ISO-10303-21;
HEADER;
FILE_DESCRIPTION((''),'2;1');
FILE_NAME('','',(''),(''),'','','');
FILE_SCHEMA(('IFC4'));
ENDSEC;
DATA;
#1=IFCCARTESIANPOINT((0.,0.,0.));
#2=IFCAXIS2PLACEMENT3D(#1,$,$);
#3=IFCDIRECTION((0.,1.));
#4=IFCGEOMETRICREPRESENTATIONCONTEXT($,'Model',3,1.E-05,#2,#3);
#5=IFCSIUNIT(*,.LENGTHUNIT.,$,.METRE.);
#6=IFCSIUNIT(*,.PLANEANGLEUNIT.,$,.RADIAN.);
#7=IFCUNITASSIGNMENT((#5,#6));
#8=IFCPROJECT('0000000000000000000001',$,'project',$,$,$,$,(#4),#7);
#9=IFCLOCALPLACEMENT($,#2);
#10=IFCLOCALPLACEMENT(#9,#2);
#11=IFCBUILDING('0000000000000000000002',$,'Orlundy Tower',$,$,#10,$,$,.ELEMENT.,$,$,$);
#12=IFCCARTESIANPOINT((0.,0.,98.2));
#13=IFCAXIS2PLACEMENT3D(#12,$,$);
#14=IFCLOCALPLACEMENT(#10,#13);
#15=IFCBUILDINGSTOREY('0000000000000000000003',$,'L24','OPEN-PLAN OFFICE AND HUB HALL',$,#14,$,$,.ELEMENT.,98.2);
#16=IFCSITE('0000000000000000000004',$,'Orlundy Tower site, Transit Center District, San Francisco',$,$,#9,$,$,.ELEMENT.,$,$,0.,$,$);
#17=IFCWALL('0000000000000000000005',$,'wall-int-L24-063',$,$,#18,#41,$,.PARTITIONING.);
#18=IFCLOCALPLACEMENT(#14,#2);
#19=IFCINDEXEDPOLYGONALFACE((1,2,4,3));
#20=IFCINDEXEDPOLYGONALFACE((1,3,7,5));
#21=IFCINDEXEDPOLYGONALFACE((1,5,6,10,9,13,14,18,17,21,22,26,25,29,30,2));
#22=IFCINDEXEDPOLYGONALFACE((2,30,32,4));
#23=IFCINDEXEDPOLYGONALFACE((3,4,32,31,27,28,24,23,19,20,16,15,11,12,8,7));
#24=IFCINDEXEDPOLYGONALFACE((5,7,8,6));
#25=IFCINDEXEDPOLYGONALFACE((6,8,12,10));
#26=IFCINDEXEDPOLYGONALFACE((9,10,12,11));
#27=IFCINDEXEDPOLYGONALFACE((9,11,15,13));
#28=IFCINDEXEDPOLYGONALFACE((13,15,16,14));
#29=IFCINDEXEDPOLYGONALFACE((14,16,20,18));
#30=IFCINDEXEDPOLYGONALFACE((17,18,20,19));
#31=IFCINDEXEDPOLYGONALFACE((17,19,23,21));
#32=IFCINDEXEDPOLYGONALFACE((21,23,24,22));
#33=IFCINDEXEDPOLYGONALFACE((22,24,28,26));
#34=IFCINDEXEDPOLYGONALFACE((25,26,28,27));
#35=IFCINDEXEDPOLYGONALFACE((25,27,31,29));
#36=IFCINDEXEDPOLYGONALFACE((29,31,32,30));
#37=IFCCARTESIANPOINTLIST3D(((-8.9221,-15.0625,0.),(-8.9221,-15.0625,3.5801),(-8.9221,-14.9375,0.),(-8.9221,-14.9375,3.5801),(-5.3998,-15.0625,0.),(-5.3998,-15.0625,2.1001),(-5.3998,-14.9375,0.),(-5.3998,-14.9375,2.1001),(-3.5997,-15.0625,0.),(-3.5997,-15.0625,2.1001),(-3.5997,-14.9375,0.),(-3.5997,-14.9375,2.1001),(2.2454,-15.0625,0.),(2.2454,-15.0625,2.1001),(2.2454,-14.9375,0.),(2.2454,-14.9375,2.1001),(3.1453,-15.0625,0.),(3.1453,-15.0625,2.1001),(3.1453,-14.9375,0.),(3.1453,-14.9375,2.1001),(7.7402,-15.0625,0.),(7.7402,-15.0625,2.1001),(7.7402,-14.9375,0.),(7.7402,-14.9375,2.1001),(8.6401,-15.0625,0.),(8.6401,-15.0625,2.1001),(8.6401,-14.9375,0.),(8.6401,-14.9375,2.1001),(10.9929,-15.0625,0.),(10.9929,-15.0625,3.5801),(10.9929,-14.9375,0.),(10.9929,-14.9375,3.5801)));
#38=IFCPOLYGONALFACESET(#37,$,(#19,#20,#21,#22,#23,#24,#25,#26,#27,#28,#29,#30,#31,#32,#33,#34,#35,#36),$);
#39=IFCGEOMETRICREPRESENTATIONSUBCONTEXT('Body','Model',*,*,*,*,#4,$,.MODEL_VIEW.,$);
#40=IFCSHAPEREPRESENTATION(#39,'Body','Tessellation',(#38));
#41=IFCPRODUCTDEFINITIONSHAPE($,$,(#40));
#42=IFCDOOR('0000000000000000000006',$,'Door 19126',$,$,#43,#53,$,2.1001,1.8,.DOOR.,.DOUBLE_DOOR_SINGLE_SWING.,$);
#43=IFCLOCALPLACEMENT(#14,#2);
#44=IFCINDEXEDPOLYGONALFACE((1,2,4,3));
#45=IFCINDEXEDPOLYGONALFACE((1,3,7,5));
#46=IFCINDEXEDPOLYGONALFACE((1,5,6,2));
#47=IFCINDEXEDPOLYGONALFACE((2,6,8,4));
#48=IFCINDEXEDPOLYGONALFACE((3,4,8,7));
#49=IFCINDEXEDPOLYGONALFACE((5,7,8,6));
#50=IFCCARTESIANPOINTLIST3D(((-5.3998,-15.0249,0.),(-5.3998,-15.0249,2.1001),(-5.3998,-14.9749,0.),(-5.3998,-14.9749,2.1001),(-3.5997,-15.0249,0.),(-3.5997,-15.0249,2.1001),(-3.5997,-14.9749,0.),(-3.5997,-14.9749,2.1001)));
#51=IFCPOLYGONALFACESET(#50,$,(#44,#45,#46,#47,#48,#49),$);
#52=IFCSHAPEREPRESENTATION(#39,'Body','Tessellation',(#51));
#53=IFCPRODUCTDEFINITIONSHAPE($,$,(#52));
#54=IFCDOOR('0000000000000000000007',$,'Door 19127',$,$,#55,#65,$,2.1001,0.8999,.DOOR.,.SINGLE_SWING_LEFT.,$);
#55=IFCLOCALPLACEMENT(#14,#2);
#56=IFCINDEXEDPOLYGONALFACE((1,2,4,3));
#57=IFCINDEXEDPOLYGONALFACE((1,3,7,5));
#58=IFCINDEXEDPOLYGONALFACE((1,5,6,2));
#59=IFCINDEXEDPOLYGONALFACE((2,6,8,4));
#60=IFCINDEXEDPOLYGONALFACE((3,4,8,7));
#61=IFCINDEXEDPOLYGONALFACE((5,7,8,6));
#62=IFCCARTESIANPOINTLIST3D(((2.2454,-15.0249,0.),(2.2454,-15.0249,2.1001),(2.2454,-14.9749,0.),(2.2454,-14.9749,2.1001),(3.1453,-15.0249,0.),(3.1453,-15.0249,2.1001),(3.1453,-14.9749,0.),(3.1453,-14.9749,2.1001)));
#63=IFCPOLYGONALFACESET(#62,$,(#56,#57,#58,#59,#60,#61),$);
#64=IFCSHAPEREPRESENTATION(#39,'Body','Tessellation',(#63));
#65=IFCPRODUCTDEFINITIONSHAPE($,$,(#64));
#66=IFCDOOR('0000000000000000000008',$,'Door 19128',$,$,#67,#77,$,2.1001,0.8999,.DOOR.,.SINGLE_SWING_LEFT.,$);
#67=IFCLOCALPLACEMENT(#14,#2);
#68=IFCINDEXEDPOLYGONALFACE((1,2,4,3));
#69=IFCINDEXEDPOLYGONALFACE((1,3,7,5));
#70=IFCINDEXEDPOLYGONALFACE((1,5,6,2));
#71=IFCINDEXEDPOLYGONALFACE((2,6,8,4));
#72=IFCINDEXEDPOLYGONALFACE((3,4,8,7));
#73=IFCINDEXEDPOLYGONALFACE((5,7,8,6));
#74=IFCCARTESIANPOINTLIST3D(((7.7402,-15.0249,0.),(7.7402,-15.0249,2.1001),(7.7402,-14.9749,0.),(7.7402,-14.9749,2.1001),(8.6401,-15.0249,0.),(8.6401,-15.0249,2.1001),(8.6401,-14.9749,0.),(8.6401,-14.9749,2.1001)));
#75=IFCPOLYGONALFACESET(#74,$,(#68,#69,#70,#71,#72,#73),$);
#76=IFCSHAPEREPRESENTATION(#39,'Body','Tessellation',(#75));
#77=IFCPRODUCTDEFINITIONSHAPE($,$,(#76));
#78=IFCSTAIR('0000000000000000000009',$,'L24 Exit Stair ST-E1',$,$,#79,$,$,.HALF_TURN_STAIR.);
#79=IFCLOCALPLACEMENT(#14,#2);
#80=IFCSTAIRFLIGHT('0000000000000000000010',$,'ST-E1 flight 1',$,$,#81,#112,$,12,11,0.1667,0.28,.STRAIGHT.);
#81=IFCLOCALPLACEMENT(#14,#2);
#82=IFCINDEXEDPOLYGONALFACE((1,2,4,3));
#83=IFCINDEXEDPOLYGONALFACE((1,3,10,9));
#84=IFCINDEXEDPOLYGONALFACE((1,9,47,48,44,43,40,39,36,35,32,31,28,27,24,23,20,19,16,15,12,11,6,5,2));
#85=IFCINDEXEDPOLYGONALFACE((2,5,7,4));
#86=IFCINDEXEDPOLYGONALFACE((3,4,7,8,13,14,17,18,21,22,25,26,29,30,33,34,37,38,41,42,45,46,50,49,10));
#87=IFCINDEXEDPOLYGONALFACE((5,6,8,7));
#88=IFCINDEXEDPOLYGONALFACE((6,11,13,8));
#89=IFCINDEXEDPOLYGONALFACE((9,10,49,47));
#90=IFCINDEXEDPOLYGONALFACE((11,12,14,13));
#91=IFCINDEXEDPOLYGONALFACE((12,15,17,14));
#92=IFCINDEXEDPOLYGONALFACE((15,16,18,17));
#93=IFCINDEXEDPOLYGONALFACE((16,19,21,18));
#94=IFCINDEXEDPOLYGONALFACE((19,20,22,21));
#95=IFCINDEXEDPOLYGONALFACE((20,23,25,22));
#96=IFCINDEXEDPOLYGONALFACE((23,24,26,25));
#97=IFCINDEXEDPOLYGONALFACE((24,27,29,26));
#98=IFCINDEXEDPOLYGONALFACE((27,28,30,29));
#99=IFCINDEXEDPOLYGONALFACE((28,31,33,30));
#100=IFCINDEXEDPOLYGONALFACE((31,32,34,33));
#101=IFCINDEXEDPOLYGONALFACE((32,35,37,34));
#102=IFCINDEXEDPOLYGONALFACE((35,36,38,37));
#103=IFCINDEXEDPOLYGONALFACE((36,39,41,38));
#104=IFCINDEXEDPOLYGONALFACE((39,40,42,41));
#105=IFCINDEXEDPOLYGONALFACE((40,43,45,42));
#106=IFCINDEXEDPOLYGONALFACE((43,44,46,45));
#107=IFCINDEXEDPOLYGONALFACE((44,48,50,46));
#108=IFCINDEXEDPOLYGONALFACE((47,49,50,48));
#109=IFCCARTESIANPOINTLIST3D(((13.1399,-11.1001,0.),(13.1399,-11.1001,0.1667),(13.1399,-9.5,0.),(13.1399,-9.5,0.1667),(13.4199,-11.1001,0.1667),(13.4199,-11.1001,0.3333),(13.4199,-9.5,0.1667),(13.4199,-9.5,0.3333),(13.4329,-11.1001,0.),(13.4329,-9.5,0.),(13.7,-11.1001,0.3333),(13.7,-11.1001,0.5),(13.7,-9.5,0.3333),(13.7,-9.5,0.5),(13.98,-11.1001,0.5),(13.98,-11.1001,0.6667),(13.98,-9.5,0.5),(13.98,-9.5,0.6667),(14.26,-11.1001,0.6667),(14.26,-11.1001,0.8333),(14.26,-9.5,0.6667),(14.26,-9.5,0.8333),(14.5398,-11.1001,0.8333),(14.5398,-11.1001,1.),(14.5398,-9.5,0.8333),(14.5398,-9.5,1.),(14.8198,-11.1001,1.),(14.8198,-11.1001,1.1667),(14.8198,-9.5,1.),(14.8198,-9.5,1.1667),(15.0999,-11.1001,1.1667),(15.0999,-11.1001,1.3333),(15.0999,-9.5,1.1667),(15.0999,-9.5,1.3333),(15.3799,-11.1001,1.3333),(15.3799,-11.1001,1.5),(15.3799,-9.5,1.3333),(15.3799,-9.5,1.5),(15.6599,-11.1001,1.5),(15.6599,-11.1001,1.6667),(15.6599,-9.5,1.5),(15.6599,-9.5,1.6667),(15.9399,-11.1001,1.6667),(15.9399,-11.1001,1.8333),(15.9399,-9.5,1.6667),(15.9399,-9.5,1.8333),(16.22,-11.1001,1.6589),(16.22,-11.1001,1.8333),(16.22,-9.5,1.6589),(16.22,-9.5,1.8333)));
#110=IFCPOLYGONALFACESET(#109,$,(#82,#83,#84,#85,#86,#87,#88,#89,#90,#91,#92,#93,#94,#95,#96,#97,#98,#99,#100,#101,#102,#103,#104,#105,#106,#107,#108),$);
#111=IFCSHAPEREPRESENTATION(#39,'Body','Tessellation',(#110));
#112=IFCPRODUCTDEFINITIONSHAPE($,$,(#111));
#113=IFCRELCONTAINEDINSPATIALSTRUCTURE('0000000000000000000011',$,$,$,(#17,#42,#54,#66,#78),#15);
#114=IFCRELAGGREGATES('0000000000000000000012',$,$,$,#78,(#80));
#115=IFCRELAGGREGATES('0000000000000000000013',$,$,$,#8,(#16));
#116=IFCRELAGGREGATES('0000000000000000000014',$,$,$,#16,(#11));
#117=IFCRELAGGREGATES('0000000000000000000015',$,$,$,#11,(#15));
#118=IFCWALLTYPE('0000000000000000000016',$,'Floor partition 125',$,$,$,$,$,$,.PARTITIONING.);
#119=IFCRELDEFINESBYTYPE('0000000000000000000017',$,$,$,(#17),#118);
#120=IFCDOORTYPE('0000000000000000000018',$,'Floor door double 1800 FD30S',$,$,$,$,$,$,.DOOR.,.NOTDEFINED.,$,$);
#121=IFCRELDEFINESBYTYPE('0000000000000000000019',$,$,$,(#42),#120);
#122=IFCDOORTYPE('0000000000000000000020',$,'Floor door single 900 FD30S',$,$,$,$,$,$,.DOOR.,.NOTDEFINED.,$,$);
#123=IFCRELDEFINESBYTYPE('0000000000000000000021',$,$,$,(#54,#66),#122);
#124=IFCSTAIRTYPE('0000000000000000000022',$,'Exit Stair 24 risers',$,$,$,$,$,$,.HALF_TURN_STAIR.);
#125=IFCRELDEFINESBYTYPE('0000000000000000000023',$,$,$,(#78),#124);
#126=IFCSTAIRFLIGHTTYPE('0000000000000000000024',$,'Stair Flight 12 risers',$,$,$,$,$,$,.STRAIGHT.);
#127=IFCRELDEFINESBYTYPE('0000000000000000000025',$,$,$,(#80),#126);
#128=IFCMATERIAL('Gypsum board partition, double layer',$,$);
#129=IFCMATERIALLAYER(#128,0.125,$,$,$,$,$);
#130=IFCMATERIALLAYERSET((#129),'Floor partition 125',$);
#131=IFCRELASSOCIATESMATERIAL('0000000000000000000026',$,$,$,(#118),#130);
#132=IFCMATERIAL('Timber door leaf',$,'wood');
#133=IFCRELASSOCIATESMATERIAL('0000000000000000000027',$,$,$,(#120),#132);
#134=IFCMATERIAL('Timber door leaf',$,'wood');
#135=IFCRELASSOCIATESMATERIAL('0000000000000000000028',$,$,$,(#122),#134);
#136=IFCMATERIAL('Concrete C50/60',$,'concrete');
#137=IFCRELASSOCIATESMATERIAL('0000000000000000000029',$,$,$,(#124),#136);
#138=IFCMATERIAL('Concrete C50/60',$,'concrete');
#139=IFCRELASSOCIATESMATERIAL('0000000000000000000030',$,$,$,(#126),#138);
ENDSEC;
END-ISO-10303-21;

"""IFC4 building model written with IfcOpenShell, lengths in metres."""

from ifc_helpers import new_model, si_unit, direction, frame, frame_2d, origin, place, context, subcontext, project, spatial, polyline, rectangle, outline, extrude, material, layer, layer_set, type_object, element, fill, aggregate, save


model = new_model("IFC4")

# Units and contexts
model_context = context("Model", 3, precision=1e-05, world=origin(), true_north=direction((0.0, 1.0)))
body_context = subcontext(model_context, "Body", "Model", "MODEL_VIEW")
ifc_project = project(units=[si_unit("LENGTHUNIT", "METRE"), si_unit("PLANEANGLEUNIT", "RADIAN")], contexts=[model_context])

# Site, building, storey
site_placement = place(None, origin())
site = spatial("IfcSite", under=ifc_project, at=site_placement, Name="Orlundy Tower site, Transit Center District, San Francisco", CompositionType="ELEMENT", RefElevation=0.0)
building_placement = place(site_placement, origin())
building = spatial("IfcBuilding", under=site, at=building_placement, Name="Orlundy Tower", CompositionType="ELEMENT")
storey_placement = place(building_placement, frame((0.0, 0.0, 98.2)))
storey = spatial("IfcBuildingStorey", under=building, at=storey_placement, Name="L24", Description="OPEN-PLAN OFFICE AND HUB HALL", CompositionType="ELEMENT", Elevation=98.2)

# Wall, openings, doors
ifc_material_1 = material(Name="Gypsum board partition, double layer")
ifc_layer_1 = layer(ifc_material_1, 0.125)
ifc_layer_set_1 = layer_set([ifc_layer_1], Name="Floor partition 125")
wall_type_1 = type_object("IfcWallType", Name="Floor partition 125", PredefinedType="PARTITIONING", material=ifc_layer_set_1)
wall_1_placement = place(storey_placement, frame((10.9929, -15.0, 0.0), z_axis=(0.0, 0.0, 1.0), x_axis=(-1.0, 0.0, 0.0)))
wall_1 = element("IfcWall", 1, at=wall_1_placement, inside=storey, type_object=wall_type_1, Name="wall-int-L24-063", PredefinedType="PARTITIONING", context=body_context, shape_type="SweptSolid", body=[
    extrude(rectangle(XDim=19.915, YDim=0.125, at=frame_2d((9.9575, 0.0))), origin(), (0.0, 0.0, 1.0), 3.5801),
])
opening_1_placement = place(wall_1_placement, frame((14.5928, 0.0, 0.0)))
opening_1 = element("IfcOpeningElement", 2, at=opening_1_placement, cuts=wall_1, PredefinedType="OPENING", context=body_context, shape_type="SweptSolid", body=[
    extrude(rectangle(XDim=1.8, YDim=2.1001, at=frame_2d((0.8999, 1.05))), frame((0.0, 0.0725, 0.0), z_axis=(0.0, -1.0, 0.0), x_axis=(1.0, 0.0, 0.0)), (0.0, 0.0, 1.0), 0.145),
])
opening_2_placement = place(wall_1_placement, frame((7.8477, 0.0, 0.0)))
opening_2 = element("IfcOpeningElement", 3, at=opening_2_placement, cuts=wall_1, PredefinedType="OPENING", context=body_context, shape_type="SweptSolid", body=[
    extrude(rectangle(XDim=0.8999, YDim=2.1001, at=frame_2d((0.45, 1.05))), frame((0.0, 0.0725, 0.0), z_axis=(0.0, -1.0, 0.0), x_axis=(1.0, 0.0, 0.0)), (0.0, 0.0, 1.0), 0.145),
])
opening_3_placement = place(wall_1_placement, frame((2.3528, 0.0, 0.0)))
opening_3 = element("IfcOpeningElement", 4, at=opening_3_placement, cuts=wall_1, PredefinedType="OPENING", context=body_context, shape_type="SweptSolid", body=[
    extrude(rectangle(XDim=0.8999, YDim=2.1001, at=frame_2d((0.45, 1.05))), frame((0.0, 0.0725, 0.0), z_axis=(0.0, -1.0, 0.0), x_axis=(1.0, 0.0, 0.0)), (0.0, 0.0, 1.0), 0.145),
])
ifc_material_2 = material(Name="Timber door leaf", Category="wood")
door_type_1 = type_object("IfcDoorType", Name="Floor door double 1800 FD30S", OperationType="NOTDEFINED", PredefinedType="DOOR", material=ifc_material_2)
door_1_placement = place(opening_1_placement, origin())
door_1 = element("IfcDoor", 5, at=door_1_placement, inside=storey, type_object=door_type_1, Name="Door 19126", OperationType="DOUBLE_DOOR_SINGLE_SWING", OverallHeight=2.1001, OverallWidth=1.8, PredefinedType="DOOR", context=body_context, shape_type="SweptSolid", body=[
    extrude(rectangle(XDim=1.8, YDim=2.1001, at=frame_2d((0.8999, 1.05))), frame((0.0, 0.0249, 0.0), z_axis=(0.0, -1.0, 0.0), x_axis=(1.0, 0.0, 0.0)), (0.0, 0.0, 1.0), 0.05),
])
fill(opening_1, door_1)
ifc_material_3 = material(Name="Timber door leaf", Category="wood")
door_type_2 = type_object("IfcDoorType", Name="Floor door single 900 FD30S", OperationType="NOTDEFINED", PredefinedType="DOOR", material=ifc_material_3)
door_2_placement = place(opening_2_placement, origin())
door_2 = element("IfcDoor", 6, at=door_2_placement, inside=storey, type_object=door_type_2, Name="Door 19127", OperationType="SINGLE_SWING_LEFT", OverallHeight=2.1001, OverallWidth=0.8999, PredefinedType="DOOR", context=body_context, shape_type="SweptSolid", body=[
    extrude(rectangle(XDim=0.8999, YDim=2.1001, at=frame_2d((0.45, 1.05))), frame((0.0, 0.0249, 0.0), z_axis=(0.0, -1.0, 0.0), x_axis=(1.0, 0.0, 0.0)), (0.0, 0.0, 1.0), 0.05),
])
fill(opening_2, door_2)
door_3_placement = place(opening_3_placement, origin())
door_3 = element("IfcDoor", 7, at=door_3_placement, inside=storey, type_object=door_type_2, Name="Door 19128", OperationType="SINGLE_SWING_LEFT", OverallHeight=2.1001, OverallWidth=0.8999, PredefinedType="DOOR", context=body_context, shape_type="SweptSolid", body=[
    extrude(rectangle(XDim=0.8999, YDim=2.1001, at=frame_2d((0.45, 1.05))), frame((0.0, 0.0249, 0.0), z_axis=(0.0, -1.0, 0.0), x_axis=(1.0, 0.0, 0.0)), (0.0, 0.0, 1.0), 0.05),
])
fill(opening_3, door_3)

# Stair, stair flight
ifc_material_4 = material(Name="Concrete C50/60", Category="concrete")
stair_type = type_object("IfcStairType", Name="Exit Stair 24 risers", PredefinedType="HALF_TURN_STAIR", material=ifc_material_4)
stair_placement = place(storey_placement, origin())
stair = element("IfcStair", 8, at=stair_placement, inside=storey, type_object=stair_type, Name="L24 Exit Stair ST-E1", PredefinedType="HALF_TURN_STAIR")
ifc_material_5 = material(Name="Concrete C50/60", Category="concrete")
stair_flight_type = type_object("IfcStairFlightType", Name="Stair Flight 12 risers", PredefinedType="STRAIGHT", material=ifc_material_5)
stair_flight_placement = place(storey_placement, frame((13.1399, -10.3, 0.0), z_axis=(0.0, 0.0, 1.0), x_axis=(1.0, 0.0, 0.0)))
stair_flight = element("IfcStairFlight", 9, at=stair_flight_placement, type_object=stair_flight_type, Name="ST-E1 flight 1", NumberOfRisers=12, NumberOfTreads=11, PredefinedType="STRAIGHT", RiserHeight=0.1667, TreadLength=0.28, context=body_context, shape_type="SweptSolid", body=[
    extrude(outline(polyline([(0.0, 0.0), (0.0, 0.1667), (0.28, 0.1667), (0.28, 0.3333), (0.5601, 0.3333), (0.5601, 0.5), (0.8401, 0.5), (0.8401, 0.6667), (1.1201, 0.6667), (1.1201, 0.8333), (1.3999, 0.8333), (1.3999, 1.0), (1.6799, 1.0), (1.6799, 1.1667), (1.96, 1.1667), (1.96, 1.3333), (2.24, 1.3333), (2.24, 1.5), (2.52, 1.5), (2.52, 1.6667), (2.8, 1.6667), (2.8, 1.8333), (3.0801, 1.8333), (3.0801, 2.0), (3.0801, 1.6589), (0.293, 0.0), (0.0, 0.0)])), frame((0.0, 0.8, 0.0), z_axis=(0.0, -1.0, 0.0), x_axis=(1.0, 0.0, 0.0)), (0.0, 0.0, 1.0), 1.6001),
])
aggregate(stair, [stair_flight])

save(model, "model.ifc")
